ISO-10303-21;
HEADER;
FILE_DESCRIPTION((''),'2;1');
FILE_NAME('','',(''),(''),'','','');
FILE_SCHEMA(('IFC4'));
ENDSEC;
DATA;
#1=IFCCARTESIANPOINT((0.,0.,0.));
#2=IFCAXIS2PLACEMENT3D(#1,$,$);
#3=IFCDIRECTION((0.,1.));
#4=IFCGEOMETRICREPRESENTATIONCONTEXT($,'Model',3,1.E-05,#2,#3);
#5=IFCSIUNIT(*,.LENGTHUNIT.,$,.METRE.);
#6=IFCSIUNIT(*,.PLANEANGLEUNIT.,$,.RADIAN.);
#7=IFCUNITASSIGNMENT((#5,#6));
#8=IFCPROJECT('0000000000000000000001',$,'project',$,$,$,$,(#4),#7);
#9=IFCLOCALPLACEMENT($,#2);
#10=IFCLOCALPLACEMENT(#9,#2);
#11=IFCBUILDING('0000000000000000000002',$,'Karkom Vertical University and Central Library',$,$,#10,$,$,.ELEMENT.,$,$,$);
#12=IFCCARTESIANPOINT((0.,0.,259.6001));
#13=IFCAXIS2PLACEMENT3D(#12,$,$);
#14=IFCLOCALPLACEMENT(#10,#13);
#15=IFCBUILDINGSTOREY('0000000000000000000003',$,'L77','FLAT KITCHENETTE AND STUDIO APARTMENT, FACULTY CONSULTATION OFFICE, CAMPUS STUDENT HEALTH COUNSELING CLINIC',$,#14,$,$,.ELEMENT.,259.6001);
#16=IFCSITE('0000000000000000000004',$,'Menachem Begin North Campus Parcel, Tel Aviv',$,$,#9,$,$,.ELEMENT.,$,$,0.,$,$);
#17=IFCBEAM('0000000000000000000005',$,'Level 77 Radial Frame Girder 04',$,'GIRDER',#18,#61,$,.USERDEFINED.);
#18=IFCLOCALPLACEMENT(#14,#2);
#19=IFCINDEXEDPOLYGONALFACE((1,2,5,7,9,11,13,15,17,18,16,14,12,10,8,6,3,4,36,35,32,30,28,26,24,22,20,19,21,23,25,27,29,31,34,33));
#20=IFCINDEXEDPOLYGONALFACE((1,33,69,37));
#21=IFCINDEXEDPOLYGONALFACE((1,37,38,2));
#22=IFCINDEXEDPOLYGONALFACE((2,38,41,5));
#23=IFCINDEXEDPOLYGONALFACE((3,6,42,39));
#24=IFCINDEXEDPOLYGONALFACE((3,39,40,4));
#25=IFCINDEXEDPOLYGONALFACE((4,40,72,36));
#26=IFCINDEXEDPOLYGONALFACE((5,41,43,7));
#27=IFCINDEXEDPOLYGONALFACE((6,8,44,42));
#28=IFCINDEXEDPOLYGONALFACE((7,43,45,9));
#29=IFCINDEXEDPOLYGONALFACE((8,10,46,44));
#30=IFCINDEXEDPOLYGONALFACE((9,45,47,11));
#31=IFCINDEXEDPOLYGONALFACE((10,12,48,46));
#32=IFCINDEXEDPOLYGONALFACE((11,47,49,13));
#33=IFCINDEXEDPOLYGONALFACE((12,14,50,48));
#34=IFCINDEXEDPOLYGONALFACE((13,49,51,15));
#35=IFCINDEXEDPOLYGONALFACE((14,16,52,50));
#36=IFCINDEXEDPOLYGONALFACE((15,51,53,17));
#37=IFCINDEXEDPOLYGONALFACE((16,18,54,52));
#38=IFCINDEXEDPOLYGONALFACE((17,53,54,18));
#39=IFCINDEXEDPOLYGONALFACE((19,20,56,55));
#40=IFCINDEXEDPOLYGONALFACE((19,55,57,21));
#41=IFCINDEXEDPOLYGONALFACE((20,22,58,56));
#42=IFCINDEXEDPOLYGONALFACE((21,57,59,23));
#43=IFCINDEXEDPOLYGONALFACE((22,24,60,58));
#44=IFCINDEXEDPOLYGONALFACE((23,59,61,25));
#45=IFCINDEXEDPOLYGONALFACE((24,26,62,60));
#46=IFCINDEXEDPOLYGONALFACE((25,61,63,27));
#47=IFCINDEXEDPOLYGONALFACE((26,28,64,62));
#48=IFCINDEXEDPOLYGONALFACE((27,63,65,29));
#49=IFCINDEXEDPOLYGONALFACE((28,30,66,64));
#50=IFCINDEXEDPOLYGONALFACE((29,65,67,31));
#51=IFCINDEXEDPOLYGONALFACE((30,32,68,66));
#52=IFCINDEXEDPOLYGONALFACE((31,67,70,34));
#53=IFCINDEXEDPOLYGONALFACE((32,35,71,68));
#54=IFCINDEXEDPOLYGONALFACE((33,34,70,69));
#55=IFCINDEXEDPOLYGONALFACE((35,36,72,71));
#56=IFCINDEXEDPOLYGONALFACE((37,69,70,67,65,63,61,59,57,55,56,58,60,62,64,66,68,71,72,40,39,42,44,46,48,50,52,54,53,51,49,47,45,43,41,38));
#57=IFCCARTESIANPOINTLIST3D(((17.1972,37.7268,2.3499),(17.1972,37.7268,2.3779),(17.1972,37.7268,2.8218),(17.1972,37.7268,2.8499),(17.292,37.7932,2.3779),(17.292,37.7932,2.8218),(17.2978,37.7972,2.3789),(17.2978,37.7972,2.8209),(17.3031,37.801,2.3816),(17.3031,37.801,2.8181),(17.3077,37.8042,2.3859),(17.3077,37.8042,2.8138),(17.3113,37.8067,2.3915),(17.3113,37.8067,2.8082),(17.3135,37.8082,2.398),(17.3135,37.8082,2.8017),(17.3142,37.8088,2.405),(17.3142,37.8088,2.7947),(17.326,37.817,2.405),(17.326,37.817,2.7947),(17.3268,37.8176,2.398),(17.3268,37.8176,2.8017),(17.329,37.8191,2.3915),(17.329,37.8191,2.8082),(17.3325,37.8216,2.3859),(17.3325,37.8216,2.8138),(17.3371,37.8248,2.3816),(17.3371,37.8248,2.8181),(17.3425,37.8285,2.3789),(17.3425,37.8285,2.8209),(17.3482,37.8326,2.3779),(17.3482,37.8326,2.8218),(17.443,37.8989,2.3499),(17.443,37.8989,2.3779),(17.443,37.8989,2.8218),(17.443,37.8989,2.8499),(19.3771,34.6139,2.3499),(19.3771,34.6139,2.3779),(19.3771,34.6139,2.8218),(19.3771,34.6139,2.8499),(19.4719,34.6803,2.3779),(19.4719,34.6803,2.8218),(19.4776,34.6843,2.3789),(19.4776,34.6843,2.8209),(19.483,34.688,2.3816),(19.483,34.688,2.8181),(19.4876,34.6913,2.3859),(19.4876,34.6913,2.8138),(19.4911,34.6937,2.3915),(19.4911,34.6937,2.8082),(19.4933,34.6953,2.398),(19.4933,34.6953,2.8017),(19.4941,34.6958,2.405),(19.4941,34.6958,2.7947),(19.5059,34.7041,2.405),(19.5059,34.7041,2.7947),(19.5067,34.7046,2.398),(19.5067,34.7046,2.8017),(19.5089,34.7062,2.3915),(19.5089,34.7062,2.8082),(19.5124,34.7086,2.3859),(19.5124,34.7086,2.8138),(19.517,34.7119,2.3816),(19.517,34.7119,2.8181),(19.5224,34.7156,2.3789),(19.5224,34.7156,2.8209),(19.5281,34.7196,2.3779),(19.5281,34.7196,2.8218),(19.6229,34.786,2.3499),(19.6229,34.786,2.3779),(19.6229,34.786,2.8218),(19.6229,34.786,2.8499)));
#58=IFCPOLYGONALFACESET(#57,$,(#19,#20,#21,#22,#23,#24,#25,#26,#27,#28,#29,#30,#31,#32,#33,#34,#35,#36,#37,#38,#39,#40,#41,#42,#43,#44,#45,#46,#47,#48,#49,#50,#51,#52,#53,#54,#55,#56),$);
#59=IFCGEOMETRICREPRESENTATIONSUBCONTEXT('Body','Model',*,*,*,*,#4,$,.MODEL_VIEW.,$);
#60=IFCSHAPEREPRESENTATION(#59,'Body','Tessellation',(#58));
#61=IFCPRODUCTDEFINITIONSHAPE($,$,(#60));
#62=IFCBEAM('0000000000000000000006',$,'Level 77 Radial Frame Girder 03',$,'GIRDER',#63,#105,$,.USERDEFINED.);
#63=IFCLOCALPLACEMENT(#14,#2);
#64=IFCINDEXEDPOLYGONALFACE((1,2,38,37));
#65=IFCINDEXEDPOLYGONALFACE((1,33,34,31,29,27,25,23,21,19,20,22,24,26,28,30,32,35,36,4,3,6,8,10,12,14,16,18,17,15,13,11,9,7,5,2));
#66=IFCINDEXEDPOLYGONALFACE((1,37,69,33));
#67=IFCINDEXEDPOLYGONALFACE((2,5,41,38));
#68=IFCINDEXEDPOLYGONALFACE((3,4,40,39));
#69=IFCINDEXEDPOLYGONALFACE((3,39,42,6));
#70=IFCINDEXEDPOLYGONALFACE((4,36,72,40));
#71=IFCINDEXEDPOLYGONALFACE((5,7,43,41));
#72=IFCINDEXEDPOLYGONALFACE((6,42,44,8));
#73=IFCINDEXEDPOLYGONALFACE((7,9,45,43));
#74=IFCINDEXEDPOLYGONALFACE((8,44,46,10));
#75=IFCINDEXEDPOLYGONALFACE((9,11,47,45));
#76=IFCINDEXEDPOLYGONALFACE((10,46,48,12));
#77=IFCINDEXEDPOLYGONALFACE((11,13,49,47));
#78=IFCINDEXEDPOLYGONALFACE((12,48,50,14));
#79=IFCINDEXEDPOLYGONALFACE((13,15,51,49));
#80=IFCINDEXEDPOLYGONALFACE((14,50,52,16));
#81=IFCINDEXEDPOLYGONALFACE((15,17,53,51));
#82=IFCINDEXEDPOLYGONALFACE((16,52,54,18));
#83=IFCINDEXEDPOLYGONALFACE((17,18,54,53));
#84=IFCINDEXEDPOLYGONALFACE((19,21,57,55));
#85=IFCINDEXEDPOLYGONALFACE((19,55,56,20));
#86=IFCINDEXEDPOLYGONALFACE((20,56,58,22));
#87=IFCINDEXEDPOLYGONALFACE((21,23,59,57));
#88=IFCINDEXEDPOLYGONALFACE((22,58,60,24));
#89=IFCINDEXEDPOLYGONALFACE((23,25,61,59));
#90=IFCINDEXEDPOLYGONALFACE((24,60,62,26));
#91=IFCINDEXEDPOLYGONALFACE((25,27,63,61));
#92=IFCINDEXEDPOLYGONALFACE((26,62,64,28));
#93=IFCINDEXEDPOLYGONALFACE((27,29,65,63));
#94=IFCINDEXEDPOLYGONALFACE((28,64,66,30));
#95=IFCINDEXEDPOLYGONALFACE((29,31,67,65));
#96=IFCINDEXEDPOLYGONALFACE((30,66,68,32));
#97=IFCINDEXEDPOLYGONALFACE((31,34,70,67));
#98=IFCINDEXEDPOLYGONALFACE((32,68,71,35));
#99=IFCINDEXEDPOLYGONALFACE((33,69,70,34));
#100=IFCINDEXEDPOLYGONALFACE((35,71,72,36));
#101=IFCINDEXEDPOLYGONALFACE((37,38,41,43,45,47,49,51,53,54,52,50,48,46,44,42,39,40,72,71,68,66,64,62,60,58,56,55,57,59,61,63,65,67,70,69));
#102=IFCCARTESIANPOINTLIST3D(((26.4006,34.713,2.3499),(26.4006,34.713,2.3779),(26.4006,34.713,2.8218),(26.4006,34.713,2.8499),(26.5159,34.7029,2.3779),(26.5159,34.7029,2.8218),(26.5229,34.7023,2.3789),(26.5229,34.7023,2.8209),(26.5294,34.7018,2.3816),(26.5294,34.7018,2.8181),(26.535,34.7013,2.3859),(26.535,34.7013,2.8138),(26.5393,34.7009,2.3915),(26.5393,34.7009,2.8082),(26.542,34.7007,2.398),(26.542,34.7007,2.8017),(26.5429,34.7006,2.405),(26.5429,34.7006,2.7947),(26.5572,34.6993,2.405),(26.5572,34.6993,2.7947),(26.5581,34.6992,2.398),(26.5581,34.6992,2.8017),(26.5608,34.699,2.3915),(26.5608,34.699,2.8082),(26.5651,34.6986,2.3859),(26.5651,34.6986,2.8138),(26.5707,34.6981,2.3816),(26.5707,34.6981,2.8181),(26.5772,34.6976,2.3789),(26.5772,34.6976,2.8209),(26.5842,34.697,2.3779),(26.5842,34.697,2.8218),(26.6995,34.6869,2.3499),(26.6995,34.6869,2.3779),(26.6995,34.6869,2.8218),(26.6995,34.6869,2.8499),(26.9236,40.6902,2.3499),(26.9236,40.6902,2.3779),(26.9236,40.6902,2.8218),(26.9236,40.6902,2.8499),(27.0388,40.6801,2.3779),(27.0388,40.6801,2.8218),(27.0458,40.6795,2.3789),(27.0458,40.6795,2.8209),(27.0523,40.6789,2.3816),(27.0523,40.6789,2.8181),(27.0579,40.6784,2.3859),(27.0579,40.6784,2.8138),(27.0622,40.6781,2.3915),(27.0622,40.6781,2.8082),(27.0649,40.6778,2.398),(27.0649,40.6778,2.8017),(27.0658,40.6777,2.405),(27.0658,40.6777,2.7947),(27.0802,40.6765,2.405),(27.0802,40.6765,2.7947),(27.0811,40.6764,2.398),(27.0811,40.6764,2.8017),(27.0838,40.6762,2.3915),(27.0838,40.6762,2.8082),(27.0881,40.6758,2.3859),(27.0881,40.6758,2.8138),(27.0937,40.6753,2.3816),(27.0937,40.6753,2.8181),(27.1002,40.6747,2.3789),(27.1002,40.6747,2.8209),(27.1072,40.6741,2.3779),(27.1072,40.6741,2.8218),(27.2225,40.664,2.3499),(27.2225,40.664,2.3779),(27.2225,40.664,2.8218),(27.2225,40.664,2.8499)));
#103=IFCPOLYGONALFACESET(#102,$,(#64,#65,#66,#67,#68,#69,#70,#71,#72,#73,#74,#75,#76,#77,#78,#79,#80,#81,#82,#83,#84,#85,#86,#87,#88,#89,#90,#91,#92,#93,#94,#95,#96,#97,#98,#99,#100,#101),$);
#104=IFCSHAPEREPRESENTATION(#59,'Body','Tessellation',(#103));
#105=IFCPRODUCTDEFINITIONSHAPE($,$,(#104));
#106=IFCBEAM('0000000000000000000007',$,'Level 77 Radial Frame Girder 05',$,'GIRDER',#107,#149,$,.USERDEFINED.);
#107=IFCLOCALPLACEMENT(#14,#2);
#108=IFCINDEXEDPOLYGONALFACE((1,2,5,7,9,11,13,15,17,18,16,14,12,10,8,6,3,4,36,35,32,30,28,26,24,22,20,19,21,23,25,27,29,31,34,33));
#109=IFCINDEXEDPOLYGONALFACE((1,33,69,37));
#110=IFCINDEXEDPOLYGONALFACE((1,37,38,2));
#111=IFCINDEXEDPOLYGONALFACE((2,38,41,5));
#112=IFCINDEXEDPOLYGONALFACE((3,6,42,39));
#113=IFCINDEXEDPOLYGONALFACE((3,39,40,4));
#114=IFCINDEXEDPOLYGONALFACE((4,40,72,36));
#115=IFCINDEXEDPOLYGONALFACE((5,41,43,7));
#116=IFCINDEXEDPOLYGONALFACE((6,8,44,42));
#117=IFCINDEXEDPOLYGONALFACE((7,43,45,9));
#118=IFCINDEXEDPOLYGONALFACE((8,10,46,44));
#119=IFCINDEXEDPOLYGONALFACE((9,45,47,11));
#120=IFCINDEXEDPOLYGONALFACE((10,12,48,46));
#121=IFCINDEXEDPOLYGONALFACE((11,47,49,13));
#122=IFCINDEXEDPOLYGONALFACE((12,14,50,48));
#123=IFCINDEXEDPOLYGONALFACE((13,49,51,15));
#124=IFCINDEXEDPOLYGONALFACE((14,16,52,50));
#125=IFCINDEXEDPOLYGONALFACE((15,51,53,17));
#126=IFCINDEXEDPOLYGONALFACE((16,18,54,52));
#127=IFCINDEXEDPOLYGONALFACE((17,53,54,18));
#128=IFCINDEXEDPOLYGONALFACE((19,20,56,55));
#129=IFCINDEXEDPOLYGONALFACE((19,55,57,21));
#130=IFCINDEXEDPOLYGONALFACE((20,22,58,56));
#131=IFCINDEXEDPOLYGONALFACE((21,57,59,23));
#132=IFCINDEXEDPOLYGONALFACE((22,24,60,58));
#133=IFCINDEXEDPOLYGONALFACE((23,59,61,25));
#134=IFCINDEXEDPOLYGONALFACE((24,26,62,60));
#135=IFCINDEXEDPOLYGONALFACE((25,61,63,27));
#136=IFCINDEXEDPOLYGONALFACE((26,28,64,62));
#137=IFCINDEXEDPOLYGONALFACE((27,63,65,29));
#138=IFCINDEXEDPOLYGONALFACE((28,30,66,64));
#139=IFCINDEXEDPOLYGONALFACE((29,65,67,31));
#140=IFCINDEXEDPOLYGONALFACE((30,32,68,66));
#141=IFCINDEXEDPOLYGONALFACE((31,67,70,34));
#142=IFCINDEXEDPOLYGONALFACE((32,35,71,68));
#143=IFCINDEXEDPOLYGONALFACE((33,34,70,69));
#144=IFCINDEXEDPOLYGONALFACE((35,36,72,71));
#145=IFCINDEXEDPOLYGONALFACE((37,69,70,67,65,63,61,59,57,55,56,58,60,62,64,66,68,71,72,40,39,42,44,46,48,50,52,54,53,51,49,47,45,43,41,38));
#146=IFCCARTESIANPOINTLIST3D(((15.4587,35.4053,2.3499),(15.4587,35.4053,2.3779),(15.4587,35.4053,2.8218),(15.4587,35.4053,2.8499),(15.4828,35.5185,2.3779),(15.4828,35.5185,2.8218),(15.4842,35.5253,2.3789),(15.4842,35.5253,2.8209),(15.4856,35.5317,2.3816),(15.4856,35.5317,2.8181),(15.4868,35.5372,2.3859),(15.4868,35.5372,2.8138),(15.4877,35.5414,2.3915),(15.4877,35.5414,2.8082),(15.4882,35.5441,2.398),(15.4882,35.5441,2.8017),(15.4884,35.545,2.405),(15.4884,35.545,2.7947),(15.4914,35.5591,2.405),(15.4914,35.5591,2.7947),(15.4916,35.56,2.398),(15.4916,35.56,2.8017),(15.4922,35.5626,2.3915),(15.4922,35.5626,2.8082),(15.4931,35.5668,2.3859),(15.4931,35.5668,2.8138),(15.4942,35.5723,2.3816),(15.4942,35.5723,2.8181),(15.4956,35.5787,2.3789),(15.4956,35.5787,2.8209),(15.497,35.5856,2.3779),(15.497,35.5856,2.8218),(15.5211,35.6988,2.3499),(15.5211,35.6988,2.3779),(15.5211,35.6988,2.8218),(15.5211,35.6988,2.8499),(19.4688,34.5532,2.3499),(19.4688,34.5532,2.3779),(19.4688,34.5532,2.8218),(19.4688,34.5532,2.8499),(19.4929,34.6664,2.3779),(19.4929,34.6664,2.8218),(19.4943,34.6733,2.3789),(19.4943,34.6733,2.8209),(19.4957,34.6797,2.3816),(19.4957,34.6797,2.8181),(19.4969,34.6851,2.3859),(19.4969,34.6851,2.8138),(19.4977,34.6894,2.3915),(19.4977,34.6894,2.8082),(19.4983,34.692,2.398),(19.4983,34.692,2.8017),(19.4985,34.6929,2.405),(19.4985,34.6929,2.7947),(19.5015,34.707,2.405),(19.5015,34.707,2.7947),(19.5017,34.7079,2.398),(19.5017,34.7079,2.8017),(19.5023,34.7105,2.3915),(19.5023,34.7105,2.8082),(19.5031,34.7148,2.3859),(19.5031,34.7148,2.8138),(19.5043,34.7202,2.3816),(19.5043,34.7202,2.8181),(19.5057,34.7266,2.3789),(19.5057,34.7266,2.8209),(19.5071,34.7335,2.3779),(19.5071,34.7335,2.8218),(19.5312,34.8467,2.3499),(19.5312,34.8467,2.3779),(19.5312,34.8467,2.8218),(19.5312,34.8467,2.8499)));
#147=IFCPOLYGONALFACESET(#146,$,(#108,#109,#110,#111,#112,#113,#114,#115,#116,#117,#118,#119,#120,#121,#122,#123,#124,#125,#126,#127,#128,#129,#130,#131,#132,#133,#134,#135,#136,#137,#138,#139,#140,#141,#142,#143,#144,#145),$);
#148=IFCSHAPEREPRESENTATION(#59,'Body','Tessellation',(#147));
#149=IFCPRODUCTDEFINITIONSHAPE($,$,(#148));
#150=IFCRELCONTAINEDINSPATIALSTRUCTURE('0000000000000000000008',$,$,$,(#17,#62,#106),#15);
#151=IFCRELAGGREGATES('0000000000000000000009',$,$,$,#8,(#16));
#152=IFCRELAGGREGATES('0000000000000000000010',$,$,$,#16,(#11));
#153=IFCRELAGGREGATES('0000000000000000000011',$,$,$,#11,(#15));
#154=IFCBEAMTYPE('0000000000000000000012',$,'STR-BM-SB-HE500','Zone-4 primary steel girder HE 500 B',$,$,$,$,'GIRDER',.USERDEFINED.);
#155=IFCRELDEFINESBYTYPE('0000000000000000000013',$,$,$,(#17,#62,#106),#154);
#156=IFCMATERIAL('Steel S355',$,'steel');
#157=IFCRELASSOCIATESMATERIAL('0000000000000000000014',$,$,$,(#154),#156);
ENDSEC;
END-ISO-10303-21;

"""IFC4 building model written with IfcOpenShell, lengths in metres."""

from ifc_helpers import new_model, si_unit, direction, frame, origin, origin_with_axes, origin_2d, place, context, subcontext, project, spatial, i_section, extrude, source, transform, mapped, material, material_profile, profile_set, type_object, element, save


model = new_model("IFC4")

# Units and contexts
model_context = context("Model", 3, precision=1e-05, world=origin(), true_north=direction((0.0, 1.0)))
body_context = subcontext(model_context, "Body", "Model", "MODEL_VIEW")
ifc_project = project(units=[si_unit("LENGTHUNIT", "METRE"), si_unit("PLANEANGLEUNIT", "RADIAN")], contexts=[model_context])

# Site, building, storey
site_placement = place(None, origin())
site = spatial("IfcSite", under=ifc_project, at=site_placement, Name="Menachem Begin North Campus Parcel, Tel Aviv", CompositionType="ELEMENT", RefElevation=0.0)
building_placement = place(site_placement, origin())
building = spatial("IfcBuilding", under=site, at=building_placement, Name="Karkom Vertical University and Central Library", CompositionType="ELEMENT")
storey_placement = place(building_placement, frame((0.0, 0.0, 259.6001)))
storey = spatial("IfcBuildingStorey", under=building, at=storey_placement, Name="L77", Description="FLAT KITCHENETTE AND STUDIO APARTMENT, FACULTY CONSULTATION OFFICE, CAMPUS STUDENT HEALTH COUNSELING CLINIC", CompositionType="ELEMENT", Elevation=259.6001)

# Beams
ifc_material_1 = material(Name="Steel S355", Category="steel")
ifc_material_profile_1 = material_profile(ifc_material_1, i_section(OverallWidth=0.3, OverallDepth=0.5, WebThickness=0.0144, FlangeThickness=0.0281, FilletRadius=0.0271, at=origin_2d()), Name="HE 500 B")
ifc_profile_set_1 = profile_set([ifc_material_profile_1], Name="Steel S355")
beam_type_1 = type_object("IfcBeamType", Name="STR-BM-SB-HE500", Description="Zone-4 primary steel girder HE 500 B", ElementType="GIRDER", PredefinedType="USERDEFINED", material=ifc_profile_set_1)
shared_shape_1 = source(origin_with_axes(), body_context, "Body", "SweptSolid", [
    extrude(i_section(OverallWidth=0.3, OverallDepth=0.5, WebThickness=0.0144, FlangeThickness=0.0281, FilletRadius=0.0271, at=origin_2d()), origin(), (0.0, 0.0, 1.0), 3.8003),
])
beam_1_placement = place(storey_placement, frame((19.5, 34.7, 2.5999), z_axis=(-0.573605, 0.819132, 0.0), x_axis=(-0.819132, -0.573605, 0.0)))
element("IfcBeam", 1, at=beam_1_placement, inside=storey, type_object=beam_type_1, Name="Level 77 Radial Frame Girder 04", ObjectType="GIRDER", PredefinedType="USERDEFINED", context=body_context, shape_type="MappedRepresentation", body=[
    mapped(shared_shape_1, transform((0.0, 0.0, 0.0), scale=1.0)),
])
shared_shape_2 = source(origin_with_axes(), body_context, "Body", "SweptSolid", [
    extrude(i_section(OverallWidth=0.3, OverallDepth=0.5, WebThickness=0.0144, FlangeThickness=0.0281, FilletRadius=0.0271, at=origin_2d()), origin(), (0.0, 0.0, 1.0), 6.0),
])
beam_2_placement = place(storey_placement, frame((26.55, 34.7, 2.5999), z_axis=(0.08716, 0.996194, 0.0), x_axis=(-0.996194, 0.08716, 0.0)))
element("IfcBeam", 2, at=beam_2_placement, inside=storey, type_object=beam_type_1, Name="Level 77 Radial Frame Girder 03", ObjectType="GIRDER", PredefinedType="USERDEFINED", context=body_context, shape_type="MappedRepresentation", body=[
    mapped(shared_shape_2, transform((0.0, 0.0, 0.0), scale=1.0)),
])
shared_shape_3 = source(origin_with_axes(), body_context, "Body", "SweptSolid", [
    extrude(i_section(OverallWidth=0.3, OverallDepth=0.5, WebThickness=0.0144, FlangeThickness=0.0281, FilletRadius=0.0271, at=origin_2d()), origin(), (0.0, 0.0, 1.0), 4.0996),
])
beam_3_placement = place(storey_placement, frame((19.5, 34.7, 2.5999), z_axis=(-0.978163, 0.207841, 0.0), x_axis=(-0.207841, -0.978163, 0.0)))
element("IfcBeam", 3, at=beam_3_placement, inside=storey, type_object=beam_type_1, Name="Level 77 Radial Frame Girder 05", ObjectType="GIRDER", PredefinedType="USERDEFINED", context=body_context, shape_type="MappedRepresentation", body=[
    mapped(shared_shape_3, transform((0.0, 0.0, 0.0), scale=1.0)),
])

save(model, "model.ifc")
